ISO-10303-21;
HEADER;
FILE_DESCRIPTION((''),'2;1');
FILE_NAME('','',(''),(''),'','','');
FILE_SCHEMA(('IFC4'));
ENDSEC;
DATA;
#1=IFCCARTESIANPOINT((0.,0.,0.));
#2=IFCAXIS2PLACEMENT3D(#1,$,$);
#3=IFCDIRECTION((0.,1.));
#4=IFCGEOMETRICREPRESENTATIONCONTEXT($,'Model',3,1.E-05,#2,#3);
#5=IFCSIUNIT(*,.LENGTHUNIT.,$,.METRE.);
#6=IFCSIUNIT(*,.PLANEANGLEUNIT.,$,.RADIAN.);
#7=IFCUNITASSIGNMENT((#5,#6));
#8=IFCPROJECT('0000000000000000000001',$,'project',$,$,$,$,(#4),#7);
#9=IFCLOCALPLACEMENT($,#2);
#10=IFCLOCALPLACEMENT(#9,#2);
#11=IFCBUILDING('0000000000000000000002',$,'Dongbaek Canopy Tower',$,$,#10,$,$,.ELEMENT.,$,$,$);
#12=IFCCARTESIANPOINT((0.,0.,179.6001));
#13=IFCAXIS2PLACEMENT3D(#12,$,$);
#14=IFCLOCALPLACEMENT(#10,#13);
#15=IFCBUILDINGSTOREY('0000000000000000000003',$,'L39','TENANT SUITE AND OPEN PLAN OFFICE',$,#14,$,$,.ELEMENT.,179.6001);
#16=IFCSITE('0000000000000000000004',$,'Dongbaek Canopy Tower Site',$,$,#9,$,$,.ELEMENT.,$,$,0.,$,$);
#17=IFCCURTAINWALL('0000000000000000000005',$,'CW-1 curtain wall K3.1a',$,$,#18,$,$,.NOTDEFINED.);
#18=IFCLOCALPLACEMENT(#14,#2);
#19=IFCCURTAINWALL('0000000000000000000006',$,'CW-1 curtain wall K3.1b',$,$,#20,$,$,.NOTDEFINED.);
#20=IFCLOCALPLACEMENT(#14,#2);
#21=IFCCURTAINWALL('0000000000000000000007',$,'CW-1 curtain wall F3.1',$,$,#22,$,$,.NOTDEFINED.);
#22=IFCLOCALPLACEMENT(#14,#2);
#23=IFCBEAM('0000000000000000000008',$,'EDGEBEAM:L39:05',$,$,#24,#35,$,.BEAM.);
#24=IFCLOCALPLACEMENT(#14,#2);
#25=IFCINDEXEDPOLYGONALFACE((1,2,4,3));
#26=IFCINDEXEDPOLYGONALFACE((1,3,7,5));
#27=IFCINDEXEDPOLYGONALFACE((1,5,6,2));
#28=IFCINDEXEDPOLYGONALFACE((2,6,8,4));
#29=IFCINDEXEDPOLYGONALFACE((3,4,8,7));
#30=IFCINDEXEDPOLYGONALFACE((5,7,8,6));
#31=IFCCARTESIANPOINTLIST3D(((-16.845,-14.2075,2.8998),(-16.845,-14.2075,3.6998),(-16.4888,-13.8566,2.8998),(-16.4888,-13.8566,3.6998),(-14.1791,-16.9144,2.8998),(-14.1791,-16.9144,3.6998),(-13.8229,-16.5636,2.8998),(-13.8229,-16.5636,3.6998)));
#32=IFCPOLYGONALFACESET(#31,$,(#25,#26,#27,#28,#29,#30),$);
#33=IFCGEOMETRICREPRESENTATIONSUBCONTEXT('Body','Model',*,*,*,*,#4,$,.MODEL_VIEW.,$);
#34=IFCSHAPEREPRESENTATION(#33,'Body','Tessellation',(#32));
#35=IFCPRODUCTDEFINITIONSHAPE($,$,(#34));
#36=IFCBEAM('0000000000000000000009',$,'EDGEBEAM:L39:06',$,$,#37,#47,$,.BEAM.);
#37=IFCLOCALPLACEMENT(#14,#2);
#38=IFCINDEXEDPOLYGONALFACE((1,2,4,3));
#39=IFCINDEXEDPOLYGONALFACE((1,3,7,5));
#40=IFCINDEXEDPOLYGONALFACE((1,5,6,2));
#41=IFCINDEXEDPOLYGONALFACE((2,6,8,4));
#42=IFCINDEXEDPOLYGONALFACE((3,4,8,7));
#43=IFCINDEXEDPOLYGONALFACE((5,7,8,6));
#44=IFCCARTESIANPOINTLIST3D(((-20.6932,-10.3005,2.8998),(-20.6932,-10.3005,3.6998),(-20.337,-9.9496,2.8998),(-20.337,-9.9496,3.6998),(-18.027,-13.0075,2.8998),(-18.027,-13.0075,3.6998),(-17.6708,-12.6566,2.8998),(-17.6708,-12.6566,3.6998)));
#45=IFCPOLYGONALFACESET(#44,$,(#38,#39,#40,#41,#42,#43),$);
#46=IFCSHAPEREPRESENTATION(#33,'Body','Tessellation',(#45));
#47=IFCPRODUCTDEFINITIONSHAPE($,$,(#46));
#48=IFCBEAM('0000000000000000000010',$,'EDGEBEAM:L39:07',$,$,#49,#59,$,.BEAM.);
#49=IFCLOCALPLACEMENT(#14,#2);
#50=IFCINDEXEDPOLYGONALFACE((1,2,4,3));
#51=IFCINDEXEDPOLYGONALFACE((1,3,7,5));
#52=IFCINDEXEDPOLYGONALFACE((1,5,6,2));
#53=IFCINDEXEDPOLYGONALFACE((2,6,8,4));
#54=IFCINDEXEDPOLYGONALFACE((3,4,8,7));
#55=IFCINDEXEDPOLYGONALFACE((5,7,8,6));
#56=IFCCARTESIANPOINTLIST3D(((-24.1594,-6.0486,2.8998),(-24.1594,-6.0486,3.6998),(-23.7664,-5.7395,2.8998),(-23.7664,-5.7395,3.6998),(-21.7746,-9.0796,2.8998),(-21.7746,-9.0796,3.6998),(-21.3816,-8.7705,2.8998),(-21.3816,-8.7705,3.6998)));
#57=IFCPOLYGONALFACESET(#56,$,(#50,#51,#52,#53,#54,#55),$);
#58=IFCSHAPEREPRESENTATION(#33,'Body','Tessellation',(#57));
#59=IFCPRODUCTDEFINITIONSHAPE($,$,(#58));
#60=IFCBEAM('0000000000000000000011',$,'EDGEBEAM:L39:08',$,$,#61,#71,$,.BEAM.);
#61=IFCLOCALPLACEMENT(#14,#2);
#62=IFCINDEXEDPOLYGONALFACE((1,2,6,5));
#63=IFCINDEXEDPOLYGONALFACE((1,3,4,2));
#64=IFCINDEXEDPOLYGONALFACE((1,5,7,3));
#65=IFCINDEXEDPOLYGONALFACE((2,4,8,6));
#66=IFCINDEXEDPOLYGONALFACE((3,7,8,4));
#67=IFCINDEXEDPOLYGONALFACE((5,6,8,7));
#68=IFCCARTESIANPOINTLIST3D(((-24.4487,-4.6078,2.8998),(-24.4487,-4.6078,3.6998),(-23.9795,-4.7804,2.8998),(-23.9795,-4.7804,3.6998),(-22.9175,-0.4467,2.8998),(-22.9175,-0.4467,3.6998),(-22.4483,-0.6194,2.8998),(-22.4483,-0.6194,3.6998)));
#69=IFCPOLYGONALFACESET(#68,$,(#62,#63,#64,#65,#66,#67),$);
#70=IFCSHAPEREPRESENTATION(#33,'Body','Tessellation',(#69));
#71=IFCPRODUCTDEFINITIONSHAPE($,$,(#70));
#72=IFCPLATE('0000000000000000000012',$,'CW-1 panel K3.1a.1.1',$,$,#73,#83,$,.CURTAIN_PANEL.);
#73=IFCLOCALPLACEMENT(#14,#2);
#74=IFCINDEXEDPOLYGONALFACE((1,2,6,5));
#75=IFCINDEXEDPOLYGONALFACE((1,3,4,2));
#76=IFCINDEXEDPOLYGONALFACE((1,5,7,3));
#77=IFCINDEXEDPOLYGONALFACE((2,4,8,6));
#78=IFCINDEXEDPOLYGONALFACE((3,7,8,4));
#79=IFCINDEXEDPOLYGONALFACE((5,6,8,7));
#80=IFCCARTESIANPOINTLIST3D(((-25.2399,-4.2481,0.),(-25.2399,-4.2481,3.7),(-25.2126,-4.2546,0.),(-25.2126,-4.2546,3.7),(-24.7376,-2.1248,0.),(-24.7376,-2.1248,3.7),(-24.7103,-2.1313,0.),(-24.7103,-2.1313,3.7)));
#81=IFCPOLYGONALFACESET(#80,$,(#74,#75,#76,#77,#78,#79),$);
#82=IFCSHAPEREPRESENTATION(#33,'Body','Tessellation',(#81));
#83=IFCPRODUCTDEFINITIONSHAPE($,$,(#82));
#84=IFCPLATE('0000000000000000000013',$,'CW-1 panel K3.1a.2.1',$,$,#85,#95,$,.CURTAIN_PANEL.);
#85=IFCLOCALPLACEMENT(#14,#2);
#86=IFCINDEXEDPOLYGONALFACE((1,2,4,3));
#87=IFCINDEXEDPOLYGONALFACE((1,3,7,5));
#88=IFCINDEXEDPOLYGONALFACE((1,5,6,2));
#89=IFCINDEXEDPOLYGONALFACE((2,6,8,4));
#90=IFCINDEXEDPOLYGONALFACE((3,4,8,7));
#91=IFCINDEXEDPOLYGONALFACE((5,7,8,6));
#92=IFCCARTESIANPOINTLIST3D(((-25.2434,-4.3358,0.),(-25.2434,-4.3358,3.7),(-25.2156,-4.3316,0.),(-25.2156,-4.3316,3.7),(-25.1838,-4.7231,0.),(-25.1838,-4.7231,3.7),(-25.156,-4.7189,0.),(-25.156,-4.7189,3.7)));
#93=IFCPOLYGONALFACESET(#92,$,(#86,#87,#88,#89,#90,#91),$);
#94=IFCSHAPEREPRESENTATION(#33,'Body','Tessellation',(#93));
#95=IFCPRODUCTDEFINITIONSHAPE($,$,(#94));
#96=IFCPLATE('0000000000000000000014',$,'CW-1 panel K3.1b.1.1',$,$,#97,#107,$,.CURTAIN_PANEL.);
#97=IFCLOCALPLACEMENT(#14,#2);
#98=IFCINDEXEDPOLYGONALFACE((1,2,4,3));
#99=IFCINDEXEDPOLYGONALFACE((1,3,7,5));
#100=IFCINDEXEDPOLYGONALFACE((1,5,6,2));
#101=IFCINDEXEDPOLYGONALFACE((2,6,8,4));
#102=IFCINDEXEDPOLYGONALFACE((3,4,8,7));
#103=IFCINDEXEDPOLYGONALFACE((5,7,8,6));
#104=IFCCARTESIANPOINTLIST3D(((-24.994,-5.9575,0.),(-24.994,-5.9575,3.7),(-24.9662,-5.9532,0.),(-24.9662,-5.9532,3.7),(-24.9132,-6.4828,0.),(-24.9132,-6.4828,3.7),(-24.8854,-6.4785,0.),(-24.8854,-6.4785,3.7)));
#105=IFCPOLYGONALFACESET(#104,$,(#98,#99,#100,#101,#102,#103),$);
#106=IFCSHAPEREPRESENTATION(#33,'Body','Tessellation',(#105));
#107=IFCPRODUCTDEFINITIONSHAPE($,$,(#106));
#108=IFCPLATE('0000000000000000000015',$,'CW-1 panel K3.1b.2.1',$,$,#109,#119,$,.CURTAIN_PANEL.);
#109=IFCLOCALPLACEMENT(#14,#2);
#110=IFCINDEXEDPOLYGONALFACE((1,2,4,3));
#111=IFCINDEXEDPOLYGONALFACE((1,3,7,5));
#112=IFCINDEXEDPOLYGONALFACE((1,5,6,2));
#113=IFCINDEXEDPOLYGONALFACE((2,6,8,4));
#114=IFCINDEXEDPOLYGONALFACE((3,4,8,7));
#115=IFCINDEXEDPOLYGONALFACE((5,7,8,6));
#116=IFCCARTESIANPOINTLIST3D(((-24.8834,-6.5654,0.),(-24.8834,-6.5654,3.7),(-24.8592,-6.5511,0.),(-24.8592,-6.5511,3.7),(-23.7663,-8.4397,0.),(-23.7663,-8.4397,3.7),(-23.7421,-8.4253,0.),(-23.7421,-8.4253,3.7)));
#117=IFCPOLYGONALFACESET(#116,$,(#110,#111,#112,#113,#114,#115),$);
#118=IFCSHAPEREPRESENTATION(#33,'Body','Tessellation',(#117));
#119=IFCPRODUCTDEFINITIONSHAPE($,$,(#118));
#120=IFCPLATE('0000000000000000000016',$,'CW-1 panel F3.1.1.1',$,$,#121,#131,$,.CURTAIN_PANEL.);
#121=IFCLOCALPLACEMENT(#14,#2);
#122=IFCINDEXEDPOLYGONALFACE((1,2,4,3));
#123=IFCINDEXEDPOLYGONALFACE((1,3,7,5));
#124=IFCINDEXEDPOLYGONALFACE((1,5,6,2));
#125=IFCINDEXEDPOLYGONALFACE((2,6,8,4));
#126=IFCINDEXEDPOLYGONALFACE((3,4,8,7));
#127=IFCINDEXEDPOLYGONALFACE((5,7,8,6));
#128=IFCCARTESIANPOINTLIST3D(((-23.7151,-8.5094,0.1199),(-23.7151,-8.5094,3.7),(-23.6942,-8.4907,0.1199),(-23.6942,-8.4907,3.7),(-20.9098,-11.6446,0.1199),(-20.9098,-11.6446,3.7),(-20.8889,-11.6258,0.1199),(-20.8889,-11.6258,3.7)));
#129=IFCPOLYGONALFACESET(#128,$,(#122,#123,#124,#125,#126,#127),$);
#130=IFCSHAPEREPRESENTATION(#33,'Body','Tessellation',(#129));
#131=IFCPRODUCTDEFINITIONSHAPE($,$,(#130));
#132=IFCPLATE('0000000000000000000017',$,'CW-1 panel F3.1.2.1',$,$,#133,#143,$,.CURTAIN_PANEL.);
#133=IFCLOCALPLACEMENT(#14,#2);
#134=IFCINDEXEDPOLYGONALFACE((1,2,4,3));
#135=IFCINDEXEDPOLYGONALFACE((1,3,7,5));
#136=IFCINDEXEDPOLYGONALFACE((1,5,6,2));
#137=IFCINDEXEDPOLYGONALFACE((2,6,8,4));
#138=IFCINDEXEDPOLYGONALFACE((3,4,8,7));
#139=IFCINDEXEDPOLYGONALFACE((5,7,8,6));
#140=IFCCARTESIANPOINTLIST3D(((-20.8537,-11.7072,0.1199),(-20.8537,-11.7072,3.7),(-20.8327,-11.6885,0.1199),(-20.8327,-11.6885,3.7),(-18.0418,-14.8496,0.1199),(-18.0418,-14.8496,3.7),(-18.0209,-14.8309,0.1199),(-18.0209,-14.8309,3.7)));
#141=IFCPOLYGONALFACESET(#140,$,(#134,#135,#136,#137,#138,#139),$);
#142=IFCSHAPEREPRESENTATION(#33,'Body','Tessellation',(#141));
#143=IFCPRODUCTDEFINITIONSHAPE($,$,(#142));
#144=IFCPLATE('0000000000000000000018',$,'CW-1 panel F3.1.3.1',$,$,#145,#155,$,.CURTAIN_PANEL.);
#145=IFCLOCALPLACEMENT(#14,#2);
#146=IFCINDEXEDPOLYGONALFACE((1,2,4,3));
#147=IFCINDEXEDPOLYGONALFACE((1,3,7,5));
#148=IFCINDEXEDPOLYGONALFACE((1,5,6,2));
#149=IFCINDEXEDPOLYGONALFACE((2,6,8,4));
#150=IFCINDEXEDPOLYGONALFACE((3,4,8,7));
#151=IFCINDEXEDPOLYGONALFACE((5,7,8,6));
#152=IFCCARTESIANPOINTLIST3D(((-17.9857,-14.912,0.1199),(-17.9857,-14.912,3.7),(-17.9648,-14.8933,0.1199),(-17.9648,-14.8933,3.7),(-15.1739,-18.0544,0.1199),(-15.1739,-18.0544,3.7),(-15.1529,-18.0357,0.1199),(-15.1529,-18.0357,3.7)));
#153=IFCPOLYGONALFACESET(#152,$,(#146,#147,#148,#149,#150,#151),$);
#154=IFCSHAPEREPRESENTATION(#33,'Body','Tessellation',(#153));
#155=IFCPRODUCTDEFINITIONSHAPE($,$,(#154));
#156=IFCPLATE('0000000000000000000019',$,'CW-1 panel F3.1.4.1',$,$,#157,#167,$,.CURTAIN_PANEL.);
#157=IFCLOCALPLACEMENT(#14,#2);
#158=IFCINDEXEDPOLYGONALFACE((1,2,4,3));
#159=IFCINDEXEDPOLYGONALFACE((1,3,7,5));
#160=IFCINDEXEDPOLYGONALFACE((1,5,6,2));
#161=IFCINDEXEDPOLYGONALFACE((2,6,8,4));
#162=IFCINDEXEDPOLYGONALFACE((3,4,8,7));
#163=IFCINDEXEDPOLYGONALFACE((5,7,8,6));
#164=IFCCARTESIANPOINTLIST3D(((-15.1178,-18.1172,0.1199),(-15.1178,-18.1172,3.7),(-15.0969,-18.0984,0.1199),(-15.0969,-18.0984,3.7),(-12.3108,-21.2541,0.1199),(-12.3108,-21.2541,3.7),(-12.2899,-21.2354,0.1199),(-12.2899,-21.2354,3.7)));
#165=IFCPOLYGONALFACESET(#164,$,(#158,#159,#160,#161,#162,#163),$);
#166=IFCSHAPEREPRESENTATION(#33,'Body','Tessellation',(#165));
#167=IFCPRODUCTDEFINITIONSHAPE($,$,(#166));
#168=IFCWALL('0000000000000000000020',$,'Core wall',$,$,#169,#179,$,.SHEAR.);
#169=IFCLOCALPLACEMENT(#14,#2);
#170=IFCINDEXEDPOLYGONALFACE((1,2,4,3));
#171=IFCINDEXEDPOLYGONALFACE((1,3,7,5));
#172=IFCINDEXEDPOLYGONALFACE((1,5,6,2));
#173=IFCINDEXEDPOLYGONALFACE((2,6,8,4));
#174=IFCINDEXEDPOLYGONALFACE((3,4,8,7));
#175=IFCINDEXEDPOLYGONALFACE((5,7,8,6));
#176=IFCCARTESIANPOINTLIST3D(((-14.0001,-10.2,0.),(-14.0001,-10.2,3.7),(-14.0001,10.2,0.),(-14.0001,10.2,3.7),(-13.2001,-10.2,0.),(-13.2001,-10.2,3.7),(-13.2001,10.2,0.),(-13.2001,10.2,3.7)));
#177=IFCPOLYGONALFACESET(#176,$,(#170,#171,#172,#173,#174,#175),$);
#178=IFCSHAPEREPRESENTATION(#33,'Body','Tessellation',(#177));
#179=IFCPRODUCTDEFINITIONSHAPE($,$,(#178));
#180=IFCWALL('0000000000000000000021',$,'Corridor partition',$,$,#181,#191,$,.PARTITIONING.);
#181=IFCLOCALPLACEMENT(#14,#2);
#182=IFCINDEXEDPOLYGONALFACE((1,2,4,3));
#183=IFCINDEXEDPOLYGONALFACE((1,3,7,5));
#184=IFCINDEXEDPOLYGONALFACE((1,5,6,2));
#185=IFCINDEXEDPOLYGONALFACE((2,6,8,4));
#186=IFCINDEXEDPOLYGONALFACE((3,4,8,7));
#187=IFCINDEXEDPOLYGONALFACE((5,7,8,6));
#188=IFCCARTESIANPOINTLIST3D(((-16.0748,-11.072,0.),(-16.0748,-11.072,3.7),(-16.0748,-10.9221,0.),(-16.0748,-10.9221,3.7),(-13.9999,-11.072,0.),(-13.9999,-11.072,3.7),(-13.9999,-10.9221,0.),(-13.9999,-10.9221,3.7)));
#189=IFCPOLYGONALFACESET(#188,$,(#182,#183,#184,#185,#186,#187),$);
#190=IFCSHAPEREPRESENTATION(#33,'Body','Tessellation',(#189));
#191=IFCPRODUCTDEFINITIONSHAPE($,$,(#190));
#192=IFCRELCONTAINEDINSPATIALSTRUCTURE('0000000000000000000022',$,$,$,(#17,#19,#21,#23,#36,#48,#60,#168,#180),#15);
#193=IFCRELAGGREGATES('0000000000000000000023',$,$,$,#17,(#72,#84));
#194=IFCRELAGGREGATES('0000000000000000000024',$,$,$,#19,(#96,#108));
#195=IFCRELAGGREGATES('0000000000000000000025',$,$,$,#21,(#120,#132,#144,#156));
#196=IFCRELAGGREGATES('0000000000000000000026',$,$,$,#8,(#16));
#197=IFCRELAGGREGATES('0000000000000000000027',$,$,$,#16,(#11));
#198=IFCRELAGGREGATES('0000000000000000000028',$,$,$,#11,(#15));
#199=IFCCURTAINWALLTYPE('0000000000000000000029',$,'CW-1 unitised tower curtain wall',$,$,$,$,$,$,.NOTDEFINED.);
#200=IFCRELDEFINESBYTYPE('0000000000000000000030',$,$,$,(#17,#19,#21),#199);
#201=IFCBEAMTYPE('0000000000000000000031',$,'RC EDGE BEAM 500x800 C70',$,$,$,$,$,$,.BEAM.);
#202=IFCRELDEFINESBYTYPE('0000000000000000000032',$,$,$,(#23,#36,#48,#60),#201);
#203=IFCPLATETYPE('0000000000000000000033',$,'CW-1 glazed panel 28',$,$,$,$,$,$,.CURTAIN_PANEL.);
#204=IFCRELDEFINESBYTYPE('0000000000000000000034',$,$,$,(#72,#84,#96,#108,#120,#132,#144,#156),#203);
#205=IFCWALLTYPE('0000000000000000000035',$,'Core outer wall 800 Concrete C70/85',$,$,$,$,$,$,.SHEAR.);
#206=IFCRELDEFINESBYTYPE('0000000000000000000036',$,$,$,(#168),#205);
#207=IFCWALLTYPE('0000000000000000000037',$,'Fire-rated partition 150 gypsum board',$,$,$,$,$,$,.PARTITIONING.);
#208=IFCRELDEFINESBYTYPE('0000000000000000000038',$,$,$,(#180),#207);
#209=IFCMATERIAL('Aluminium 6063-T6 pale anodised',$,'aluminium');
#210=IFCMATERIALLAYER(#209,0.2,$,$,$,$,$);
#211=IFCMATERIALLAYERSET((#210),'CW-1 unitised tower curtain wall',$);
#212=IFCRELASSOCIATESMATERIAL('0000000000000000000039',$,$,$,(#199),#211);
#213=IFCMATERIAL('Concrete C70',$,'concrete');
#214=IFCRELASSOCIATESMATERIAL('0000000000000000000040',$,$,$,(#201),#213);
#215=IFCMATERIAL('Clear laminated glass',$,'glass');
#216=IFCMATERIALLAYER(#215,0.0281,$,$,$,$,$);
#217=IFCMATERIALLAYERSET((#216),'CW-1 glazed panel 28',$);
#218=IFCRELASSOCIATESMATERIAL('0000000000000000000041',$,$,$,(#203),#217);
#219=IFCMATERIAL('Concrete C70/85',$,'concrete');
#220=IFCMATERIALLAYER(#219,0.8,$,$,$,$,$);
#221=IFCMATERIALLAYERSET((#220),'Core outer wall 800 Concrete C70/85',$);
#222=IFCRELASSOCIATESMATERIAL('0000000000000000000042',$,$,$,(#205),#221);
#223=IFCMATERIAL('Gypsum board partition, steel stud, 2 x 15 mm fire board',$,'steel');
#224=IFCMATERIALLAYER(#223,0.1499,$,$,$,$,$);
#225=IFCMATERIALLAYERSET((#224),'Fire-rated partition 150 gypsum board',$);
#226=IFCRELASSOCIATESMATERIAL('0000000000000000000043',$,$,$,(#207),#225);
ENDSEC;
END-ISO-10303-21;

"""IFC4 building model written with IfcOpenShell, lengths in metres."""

from ifc_helpers import new_model, si_unit, direction, frame, frame_2d, origin, origin_2d, place, context, subcontext, project, spatial, rectangle, extrude, material, layer, layer_set, material_profile, profile_set, type_object, element, aggregate, save


model = new_model("IFC4")

# Units and contexts
model_context = context("Model", 3, precision=1e-05, world=origin(), true_north=direction((0.0, 1.0)))
body_context = subcontext(model_context, "Body", "Model", "MODEL_VIEW")
ifc_project = project(units=[si_unit("LENGTHUNIT", "METRE"), si_unit("PLANEANGLEUNIT", "RADIAN")], contexts=[model_context])

# Site, building, storey
site_placement = place(None, origin())
site = spatial("IfcSite", under=ifc_project, at=site_placement, Name="Dongbaek Canopy Tower Site", CompositionType="ELEMENT", RefElevation=0.0)
building_placement = place(site_placement, origin())
building = spatial("IfcBuilding", under=site, at=building_placement, Name="Dongbaek Canopy Tower", CompositionType="ELEMENT")
storey_placement = place(building_placement, frame((0.0, 0.0, 179.6001)))
storey = spatial("IfcBuildingStorey", under=building, at=storey_placement, Name="L39", Description="TENANT SUITE AND OPEN PLAN OFFICE", CompositionType="ELEMENT", Elevation=179.6001)

# Shared definitions
ifc_material_1 = material(Name="Aluminium 6063-T6 pale anodised", Category="aluminium")
ifc_layer_1 = layer(ifc_material_1, 0.2)
ifc_layer_set_1 = layer_set([ifc_layer_1], Name="CW-1 unitised tower curtain wall")
curtain_wall_type = type_object("IfcCurtainWallType", Name="CW-1 unitised tower curtain wall", PredefinedType="NOTDEFINED", material=ifc_layer_set_1)

# Curtain walls
curtain_wall_1_placement = place(storey_placement, origin())
curtain_wall_1 = element("IfcCurtainWall", 1, at=curtain_wall_1_placement, inside=storey, type_object=curtain_wall_type, Name="CW-1 curtain wall K3.1a", PredefinedType="NOTDEFINED")
curtain_wall_2_placement = place(storey_placement, origin())
curtain_wall_2 = element("IfcCurtainWall", 2, at=curtain_wall_2_placement, inside=storey, type_object=curtain_wall_type, Name="CW-1 curtain wall K3.1b", PredefinedType="NOTDEFINED")
curtain_wall_3_placement = place(storey_placement, origin())
curtain_wall_3 = element("IfcCurtainWall", 3, at=curtain_wall_3_placement, inside=storey, type_object=curtain_wall_type, Name="CW-1 curtain wall F3.1", PredefinedType="NOTDEFINED")

# Beams
ifc_material_2 = material(Name="Concrete C70", Category="concrete")
ifc_material_profile_1 = material_profile(ifc_material_2, rectangle(XDim=0.5, YDim=0.8, at=origin_2d()), Name="RC EDGE BEAM 500x800 C70")
ifc_profile_set_1 = profile_set([ifc_material_profile_1], Name="Concrete C70")
beam_type = type_object("IfcBeamType", Name="RC EDGE BEAM 500x800 C70", PredefinedType="BEAM", material=ifc_profile_set_1)
beam_1_placement = place(storey_placement, frame((-14.001, -16.739, 3.2998), z_axis=(-0.701689, 0.712484, 0.0), x_axis=(-0.712484, -0.701689, 0.0)))
element("IfcBeam", 4, at=beam_1_placement, inside=storey, type_object=beam_type, Name="EDGEBEAM:L39:05", PredefinedType="BEAM", context=body_context, shape_type="SweptSolid", body=[
    extrude(rectangle(XDim=0.5, YDim=0.8, at=origin_2d()), origin(), (0.0, 0.0, 1.0), 3.7993),
])
beam_2_placement = place(storey_placement, frame((-17.8489, -12.832, 3.2998), z_axis=(-0.701721, 0.712452, 0.0), x_axis=(-0.712452, -0.701721, 0.0)))
element("IfcBeam", 5, at=beam_2_placement, inside=storey, type_object=beam_type, Name="EDGEBEAM:L39:06", PredefinedType="BEAM", context=body_context, shape_type="SweptSolid", body=[
    extrude(rectangle(XDim=0.5, YDim=0.8, at=origin_2d()), origin(), (0.0, 0.0, 1.0), 3.7996),
])
beam_3_placement = place(storey_placement, frame((-21.5781, -8.925, 3.2998), z_axis=(-0.618344, 0.785907, 0.0), x_axis=(-0.785907, -0.618344, 0.0)))
element("IfcBeam", 6, at=beam_3_placement, inside=storey, type_object=beam_type, Name="EDGEBEAM:L39:07", PredefinedType="BEAM", context=body_context, shape_type="SweptSolid", body=[
    extrude(rectangle(XDim=0.5, YDim=0.8, at=origin_2d()), origin(), (0.0, 0.0, 1.0), 3.8567),
])
beam_4_placement = place(storey_placement, frame((-24.2141, -4.6941, 3.2998), z_axis=(0.345348, 0.938475, 0.0), x_axis=(-0.938475, 0.345348, 0.0)))
element("IfcBeam", 7, at=beam_4_placement, inside=storey, type_object=beam_type, Name="EDGEBEAM:L39:08", PredefinedType="BEAM", context=body_context, shape_type="SweptSolid", body=[
    extrude(rectangle(XDim=0.5, YDim=0.8, at=origin_2d()), origin(), (0.0, 0.0, 1.0), 4.4338),
])

# Plates
ifc_material_3 = material(Name="Clear laminated glass", Category="glass")
ifc_layer_2 = layer(ifc_material_3, 0.0281)
ifc_layer_set_2 = layer_set([ifc_layer_2], Name="CW-1 glazed panel 28")
plate_type = type_object("IfcPlateType", Name="CW-1 glazed panel 28", PredefinedType="CURTAIN_PANEL", material=ifc_layer_set_2)
plate_1_placement = place(storey_placement, frame((-24.9751, -3.1897, 0.0), z_axis=(0.0, 0.0, 1.0), x_axis=(-0.230206, -0.973142, 0.0)))
plate_1 = element("IfcPlate", 8, at=plate_1_placement, type_object=plate_type, Name="CW-1 panel K3.1a.1.1", PredefinedType="CURTAIN_PANEL", context=body_context, shape_type="SweptSolid", body=[
    extrude(rectangle(XDim=2.1819, YDim=0.0281, at=origin_2d()), origin(), (0.0, 0.0, 1.0), 3.7),
])
plate_2_placement = place(storey_placement, frame((-25.1997, -4.5273, 0.0), z_axis=(0.0, 0.0, 1.0), x_axis=(0.152013, -0.988378, 0.0)))
plate_2 = element("IfcPlate", 9, at=plate_2_placement, type_object=plate_type, Name="CW-1 panel K3.1a.2.1", PredefinedType="CURTAIN_PANEL", context=body_context, shape_type="SweptSolid", body=[
    extrude(rectangle(XDim=0.3918, YDim=0.0281, at=origin_2d()), origin(), (0.0, 0.0, 1.0), 3.7),
])
plate_3_placement = place(storey_placement, frame((-24.9397, -6.218, 0.0), z_axis=(0.0, 0.0, 1.0), x_axis=(0.152013, -0.988378, 0.0)))
plate_3 = element("IfcPlate", 10, at=plate_3_placement, type_object=plate_type, Name="CW-1 panel K3.1b.1.1", PredefinedType="CURTAIN_PANEL", context=body_context, shape_type="SweptSolid", body=[
    extrude(rectangle(XDim=0.5315, YDim=0.0281, at=origin_2d()), origin(), (0.0, 0.0, 1.0), 3.7),
])
plate_4_placement = place(storey_placement, frame((-24.3127, -7.4954, 0.0), z_axis=(0.0, 0.0, 1.0), x_axis=(0.511989, -0.858992, 0.0)))
plate_4 = element("IfcPlate", 11, at=plate_4_placement, type_object=plate_type, Name="CW-1 panel K3.1b.2.1", PredefinedType="CURTAIN_PANEL", context=body_context, shape_type="SweptSolid", body=[
    extrude(rectangle(XDim=2.1819, YDim=0.0281, at=origin_2d()), origin(), (0.0, 0.0, 1.0), 3.7),
])
plate_5_placement = place(storey_placement, frame((-22.302, -10.0676, 0.1199), z_axis=(0.0, 0.0, 1.0), x_axis=(0.666829, -0.745211, 0.0)))
plate_5 = element("IfcPlate", 12, at=plate_5_placement, type_object=plate_type, Name="CW-1 panel F3.1.1.1", PredefinedType="CURTAIN_PANEL", context=body_context, shape_type="SweptSolid", body=[
    extrude(rectangle(XDim=4.207, YDim=0.0281, at=origin_2d()), origin(), (0.0, 0.0, 1.0), 3.5801),
])
plate_6_placement = place(storey_placement, frame((-19.4373, -13.269, 0.1199), z_axis=(0.0, 0.0, 1.0), x_axis=(0.666829, -0.745211, 0.0)))
plate_6 = element("IfcPlate", 13, at=plate_6_placement, type_object=plate_type, Name="CW-1 panel F3.1.2.1", PredefinedType="CURTAIN_PANEL", context=body_context, shape_type="SweptSolid", body=[
    extrude(rectangle(XDim=4.2168, YDim=0.0281, at=origin_2d()), origin(), (0.0, 0.0, 1.0), 3.5801),
])
plate_7_placement = place(storey_placement, frame((-16.5693, -16.4739, 0.1199), z_axis=(0.0, 0.0, 1.0), x_axis=(0.666829, -0.745211, 0.0)))
plate_7 = element("IfcPlate", 14, at=plate_7_placement, type_object=plate_type, Name="CW-1 panel F3.1.3.1", PredefinedType="CURTAIN_PANEL", context=body_context, shape_type="SweptSolid", body=[
    extrude(rectangle(XDim=4.2168, YDim=0.0281, at=origin_2d()), origin(), (0.0, 0.0, 1.0), 3.5801),
])
plate_8_placement = place(storey_placement, frame((-13.7039, -19.6763, 0.1199), z_axis=(0.0, 0.0, 1.0), x_axis=(0.666829, -0.745211, 0.0)))
plate_8 = element("IfcPlate", 15, at=plate_8_placement, type_object=plate_type, Name="CW-1 panel F3.1.4.1", PredefinedType="CURTAIN_PANEL", context=body_context, shape_type="SweptSolid", body=[
    extrude(rectangle(XDim=4.2095, YDim=0.0281, at=origin_2d()), origin(), (0.0, 0.0, 1.0), 3.5801),
])

# Walls
ifc_material_4 = material(Name="Concrete C70/85", Category="concrete")
ifc_layer_3 = layer(ifc_material_4, 0.8)
ifc_layer_set_3 = layer_set([ifc_layer_3], Name="Core outer wall 800 Concrete C70/85")
wall_type_1 = type_object("IfcWallType", Name="Core outer wall 800 Concrete C70/85", PredefinedType="SHEAR", material=ifc_layer_set_3)
wall_1_placement = place(storey_placement, frame((-13.6001, -10.2, 0.0), z_axis=(0.0, 0.0, 1.0), x_axis=(0.0, 1.0, 0.0)))
element("IfcWall", 16, at=wall_1_placement, inside=storey, type_object=wall_type_1, Name="Core wall", PredefinedType="SHEAR", context=body_context, shape_type="SweptSolid", body=[
    extrude(rectangle(XDim=20.3999, YDim=0.8, at=frame_2d((10.2, 0.0))), origin(), (0.0, 0.0, 1.0), 3.7),
])
ifc_material_5 = material(Name="Gypsum board partition, steel stud, 2 x 15 mm fire board", Category="steel")
ifc_layer_4 = layer(ifc_material_5, 0.1499)
ifc_layer_set_4 = layer_set([ifc_layer_4], Name="Fire-rated partition 150 gypsum board")
wall_type_2 = type_object("IfcWallType", Name="Fire-rated partition 150 gypsum board", PredefinedType="PARTITIONING", material=ifc_layer_set_4)
wall_2_placement = place(storey_placement, frame((-16.075, -10.9971, 0.0), z_axis=(0.0, 0.0, 1.0), x_axis=(1.0, 0.0, 0.0)))
element("IfcWall", 17, at=wall_2_placement, inside=storey, type_object=wall_type_2, Name="Corridor partition", PredefinedType="PARTITIONING", context=body_context, shape_type="SweptSolid", body=[
    extrude(rectangle(XDim=2.075, YDim=0.1499, at=frame_2d((1.0376, 0.0))), origin(), (0.0, 0.0, 1.0), 3.7),
])

aggregate(curtain_wall_1, [plate_1, plate_2])
aggregate(curtain_wall_2, [plate_3, plate_4])
aggregate(curtain_wall_3, [plate_5, plate_6, plate_7, plate_8])

save(model, "model.ifc")
